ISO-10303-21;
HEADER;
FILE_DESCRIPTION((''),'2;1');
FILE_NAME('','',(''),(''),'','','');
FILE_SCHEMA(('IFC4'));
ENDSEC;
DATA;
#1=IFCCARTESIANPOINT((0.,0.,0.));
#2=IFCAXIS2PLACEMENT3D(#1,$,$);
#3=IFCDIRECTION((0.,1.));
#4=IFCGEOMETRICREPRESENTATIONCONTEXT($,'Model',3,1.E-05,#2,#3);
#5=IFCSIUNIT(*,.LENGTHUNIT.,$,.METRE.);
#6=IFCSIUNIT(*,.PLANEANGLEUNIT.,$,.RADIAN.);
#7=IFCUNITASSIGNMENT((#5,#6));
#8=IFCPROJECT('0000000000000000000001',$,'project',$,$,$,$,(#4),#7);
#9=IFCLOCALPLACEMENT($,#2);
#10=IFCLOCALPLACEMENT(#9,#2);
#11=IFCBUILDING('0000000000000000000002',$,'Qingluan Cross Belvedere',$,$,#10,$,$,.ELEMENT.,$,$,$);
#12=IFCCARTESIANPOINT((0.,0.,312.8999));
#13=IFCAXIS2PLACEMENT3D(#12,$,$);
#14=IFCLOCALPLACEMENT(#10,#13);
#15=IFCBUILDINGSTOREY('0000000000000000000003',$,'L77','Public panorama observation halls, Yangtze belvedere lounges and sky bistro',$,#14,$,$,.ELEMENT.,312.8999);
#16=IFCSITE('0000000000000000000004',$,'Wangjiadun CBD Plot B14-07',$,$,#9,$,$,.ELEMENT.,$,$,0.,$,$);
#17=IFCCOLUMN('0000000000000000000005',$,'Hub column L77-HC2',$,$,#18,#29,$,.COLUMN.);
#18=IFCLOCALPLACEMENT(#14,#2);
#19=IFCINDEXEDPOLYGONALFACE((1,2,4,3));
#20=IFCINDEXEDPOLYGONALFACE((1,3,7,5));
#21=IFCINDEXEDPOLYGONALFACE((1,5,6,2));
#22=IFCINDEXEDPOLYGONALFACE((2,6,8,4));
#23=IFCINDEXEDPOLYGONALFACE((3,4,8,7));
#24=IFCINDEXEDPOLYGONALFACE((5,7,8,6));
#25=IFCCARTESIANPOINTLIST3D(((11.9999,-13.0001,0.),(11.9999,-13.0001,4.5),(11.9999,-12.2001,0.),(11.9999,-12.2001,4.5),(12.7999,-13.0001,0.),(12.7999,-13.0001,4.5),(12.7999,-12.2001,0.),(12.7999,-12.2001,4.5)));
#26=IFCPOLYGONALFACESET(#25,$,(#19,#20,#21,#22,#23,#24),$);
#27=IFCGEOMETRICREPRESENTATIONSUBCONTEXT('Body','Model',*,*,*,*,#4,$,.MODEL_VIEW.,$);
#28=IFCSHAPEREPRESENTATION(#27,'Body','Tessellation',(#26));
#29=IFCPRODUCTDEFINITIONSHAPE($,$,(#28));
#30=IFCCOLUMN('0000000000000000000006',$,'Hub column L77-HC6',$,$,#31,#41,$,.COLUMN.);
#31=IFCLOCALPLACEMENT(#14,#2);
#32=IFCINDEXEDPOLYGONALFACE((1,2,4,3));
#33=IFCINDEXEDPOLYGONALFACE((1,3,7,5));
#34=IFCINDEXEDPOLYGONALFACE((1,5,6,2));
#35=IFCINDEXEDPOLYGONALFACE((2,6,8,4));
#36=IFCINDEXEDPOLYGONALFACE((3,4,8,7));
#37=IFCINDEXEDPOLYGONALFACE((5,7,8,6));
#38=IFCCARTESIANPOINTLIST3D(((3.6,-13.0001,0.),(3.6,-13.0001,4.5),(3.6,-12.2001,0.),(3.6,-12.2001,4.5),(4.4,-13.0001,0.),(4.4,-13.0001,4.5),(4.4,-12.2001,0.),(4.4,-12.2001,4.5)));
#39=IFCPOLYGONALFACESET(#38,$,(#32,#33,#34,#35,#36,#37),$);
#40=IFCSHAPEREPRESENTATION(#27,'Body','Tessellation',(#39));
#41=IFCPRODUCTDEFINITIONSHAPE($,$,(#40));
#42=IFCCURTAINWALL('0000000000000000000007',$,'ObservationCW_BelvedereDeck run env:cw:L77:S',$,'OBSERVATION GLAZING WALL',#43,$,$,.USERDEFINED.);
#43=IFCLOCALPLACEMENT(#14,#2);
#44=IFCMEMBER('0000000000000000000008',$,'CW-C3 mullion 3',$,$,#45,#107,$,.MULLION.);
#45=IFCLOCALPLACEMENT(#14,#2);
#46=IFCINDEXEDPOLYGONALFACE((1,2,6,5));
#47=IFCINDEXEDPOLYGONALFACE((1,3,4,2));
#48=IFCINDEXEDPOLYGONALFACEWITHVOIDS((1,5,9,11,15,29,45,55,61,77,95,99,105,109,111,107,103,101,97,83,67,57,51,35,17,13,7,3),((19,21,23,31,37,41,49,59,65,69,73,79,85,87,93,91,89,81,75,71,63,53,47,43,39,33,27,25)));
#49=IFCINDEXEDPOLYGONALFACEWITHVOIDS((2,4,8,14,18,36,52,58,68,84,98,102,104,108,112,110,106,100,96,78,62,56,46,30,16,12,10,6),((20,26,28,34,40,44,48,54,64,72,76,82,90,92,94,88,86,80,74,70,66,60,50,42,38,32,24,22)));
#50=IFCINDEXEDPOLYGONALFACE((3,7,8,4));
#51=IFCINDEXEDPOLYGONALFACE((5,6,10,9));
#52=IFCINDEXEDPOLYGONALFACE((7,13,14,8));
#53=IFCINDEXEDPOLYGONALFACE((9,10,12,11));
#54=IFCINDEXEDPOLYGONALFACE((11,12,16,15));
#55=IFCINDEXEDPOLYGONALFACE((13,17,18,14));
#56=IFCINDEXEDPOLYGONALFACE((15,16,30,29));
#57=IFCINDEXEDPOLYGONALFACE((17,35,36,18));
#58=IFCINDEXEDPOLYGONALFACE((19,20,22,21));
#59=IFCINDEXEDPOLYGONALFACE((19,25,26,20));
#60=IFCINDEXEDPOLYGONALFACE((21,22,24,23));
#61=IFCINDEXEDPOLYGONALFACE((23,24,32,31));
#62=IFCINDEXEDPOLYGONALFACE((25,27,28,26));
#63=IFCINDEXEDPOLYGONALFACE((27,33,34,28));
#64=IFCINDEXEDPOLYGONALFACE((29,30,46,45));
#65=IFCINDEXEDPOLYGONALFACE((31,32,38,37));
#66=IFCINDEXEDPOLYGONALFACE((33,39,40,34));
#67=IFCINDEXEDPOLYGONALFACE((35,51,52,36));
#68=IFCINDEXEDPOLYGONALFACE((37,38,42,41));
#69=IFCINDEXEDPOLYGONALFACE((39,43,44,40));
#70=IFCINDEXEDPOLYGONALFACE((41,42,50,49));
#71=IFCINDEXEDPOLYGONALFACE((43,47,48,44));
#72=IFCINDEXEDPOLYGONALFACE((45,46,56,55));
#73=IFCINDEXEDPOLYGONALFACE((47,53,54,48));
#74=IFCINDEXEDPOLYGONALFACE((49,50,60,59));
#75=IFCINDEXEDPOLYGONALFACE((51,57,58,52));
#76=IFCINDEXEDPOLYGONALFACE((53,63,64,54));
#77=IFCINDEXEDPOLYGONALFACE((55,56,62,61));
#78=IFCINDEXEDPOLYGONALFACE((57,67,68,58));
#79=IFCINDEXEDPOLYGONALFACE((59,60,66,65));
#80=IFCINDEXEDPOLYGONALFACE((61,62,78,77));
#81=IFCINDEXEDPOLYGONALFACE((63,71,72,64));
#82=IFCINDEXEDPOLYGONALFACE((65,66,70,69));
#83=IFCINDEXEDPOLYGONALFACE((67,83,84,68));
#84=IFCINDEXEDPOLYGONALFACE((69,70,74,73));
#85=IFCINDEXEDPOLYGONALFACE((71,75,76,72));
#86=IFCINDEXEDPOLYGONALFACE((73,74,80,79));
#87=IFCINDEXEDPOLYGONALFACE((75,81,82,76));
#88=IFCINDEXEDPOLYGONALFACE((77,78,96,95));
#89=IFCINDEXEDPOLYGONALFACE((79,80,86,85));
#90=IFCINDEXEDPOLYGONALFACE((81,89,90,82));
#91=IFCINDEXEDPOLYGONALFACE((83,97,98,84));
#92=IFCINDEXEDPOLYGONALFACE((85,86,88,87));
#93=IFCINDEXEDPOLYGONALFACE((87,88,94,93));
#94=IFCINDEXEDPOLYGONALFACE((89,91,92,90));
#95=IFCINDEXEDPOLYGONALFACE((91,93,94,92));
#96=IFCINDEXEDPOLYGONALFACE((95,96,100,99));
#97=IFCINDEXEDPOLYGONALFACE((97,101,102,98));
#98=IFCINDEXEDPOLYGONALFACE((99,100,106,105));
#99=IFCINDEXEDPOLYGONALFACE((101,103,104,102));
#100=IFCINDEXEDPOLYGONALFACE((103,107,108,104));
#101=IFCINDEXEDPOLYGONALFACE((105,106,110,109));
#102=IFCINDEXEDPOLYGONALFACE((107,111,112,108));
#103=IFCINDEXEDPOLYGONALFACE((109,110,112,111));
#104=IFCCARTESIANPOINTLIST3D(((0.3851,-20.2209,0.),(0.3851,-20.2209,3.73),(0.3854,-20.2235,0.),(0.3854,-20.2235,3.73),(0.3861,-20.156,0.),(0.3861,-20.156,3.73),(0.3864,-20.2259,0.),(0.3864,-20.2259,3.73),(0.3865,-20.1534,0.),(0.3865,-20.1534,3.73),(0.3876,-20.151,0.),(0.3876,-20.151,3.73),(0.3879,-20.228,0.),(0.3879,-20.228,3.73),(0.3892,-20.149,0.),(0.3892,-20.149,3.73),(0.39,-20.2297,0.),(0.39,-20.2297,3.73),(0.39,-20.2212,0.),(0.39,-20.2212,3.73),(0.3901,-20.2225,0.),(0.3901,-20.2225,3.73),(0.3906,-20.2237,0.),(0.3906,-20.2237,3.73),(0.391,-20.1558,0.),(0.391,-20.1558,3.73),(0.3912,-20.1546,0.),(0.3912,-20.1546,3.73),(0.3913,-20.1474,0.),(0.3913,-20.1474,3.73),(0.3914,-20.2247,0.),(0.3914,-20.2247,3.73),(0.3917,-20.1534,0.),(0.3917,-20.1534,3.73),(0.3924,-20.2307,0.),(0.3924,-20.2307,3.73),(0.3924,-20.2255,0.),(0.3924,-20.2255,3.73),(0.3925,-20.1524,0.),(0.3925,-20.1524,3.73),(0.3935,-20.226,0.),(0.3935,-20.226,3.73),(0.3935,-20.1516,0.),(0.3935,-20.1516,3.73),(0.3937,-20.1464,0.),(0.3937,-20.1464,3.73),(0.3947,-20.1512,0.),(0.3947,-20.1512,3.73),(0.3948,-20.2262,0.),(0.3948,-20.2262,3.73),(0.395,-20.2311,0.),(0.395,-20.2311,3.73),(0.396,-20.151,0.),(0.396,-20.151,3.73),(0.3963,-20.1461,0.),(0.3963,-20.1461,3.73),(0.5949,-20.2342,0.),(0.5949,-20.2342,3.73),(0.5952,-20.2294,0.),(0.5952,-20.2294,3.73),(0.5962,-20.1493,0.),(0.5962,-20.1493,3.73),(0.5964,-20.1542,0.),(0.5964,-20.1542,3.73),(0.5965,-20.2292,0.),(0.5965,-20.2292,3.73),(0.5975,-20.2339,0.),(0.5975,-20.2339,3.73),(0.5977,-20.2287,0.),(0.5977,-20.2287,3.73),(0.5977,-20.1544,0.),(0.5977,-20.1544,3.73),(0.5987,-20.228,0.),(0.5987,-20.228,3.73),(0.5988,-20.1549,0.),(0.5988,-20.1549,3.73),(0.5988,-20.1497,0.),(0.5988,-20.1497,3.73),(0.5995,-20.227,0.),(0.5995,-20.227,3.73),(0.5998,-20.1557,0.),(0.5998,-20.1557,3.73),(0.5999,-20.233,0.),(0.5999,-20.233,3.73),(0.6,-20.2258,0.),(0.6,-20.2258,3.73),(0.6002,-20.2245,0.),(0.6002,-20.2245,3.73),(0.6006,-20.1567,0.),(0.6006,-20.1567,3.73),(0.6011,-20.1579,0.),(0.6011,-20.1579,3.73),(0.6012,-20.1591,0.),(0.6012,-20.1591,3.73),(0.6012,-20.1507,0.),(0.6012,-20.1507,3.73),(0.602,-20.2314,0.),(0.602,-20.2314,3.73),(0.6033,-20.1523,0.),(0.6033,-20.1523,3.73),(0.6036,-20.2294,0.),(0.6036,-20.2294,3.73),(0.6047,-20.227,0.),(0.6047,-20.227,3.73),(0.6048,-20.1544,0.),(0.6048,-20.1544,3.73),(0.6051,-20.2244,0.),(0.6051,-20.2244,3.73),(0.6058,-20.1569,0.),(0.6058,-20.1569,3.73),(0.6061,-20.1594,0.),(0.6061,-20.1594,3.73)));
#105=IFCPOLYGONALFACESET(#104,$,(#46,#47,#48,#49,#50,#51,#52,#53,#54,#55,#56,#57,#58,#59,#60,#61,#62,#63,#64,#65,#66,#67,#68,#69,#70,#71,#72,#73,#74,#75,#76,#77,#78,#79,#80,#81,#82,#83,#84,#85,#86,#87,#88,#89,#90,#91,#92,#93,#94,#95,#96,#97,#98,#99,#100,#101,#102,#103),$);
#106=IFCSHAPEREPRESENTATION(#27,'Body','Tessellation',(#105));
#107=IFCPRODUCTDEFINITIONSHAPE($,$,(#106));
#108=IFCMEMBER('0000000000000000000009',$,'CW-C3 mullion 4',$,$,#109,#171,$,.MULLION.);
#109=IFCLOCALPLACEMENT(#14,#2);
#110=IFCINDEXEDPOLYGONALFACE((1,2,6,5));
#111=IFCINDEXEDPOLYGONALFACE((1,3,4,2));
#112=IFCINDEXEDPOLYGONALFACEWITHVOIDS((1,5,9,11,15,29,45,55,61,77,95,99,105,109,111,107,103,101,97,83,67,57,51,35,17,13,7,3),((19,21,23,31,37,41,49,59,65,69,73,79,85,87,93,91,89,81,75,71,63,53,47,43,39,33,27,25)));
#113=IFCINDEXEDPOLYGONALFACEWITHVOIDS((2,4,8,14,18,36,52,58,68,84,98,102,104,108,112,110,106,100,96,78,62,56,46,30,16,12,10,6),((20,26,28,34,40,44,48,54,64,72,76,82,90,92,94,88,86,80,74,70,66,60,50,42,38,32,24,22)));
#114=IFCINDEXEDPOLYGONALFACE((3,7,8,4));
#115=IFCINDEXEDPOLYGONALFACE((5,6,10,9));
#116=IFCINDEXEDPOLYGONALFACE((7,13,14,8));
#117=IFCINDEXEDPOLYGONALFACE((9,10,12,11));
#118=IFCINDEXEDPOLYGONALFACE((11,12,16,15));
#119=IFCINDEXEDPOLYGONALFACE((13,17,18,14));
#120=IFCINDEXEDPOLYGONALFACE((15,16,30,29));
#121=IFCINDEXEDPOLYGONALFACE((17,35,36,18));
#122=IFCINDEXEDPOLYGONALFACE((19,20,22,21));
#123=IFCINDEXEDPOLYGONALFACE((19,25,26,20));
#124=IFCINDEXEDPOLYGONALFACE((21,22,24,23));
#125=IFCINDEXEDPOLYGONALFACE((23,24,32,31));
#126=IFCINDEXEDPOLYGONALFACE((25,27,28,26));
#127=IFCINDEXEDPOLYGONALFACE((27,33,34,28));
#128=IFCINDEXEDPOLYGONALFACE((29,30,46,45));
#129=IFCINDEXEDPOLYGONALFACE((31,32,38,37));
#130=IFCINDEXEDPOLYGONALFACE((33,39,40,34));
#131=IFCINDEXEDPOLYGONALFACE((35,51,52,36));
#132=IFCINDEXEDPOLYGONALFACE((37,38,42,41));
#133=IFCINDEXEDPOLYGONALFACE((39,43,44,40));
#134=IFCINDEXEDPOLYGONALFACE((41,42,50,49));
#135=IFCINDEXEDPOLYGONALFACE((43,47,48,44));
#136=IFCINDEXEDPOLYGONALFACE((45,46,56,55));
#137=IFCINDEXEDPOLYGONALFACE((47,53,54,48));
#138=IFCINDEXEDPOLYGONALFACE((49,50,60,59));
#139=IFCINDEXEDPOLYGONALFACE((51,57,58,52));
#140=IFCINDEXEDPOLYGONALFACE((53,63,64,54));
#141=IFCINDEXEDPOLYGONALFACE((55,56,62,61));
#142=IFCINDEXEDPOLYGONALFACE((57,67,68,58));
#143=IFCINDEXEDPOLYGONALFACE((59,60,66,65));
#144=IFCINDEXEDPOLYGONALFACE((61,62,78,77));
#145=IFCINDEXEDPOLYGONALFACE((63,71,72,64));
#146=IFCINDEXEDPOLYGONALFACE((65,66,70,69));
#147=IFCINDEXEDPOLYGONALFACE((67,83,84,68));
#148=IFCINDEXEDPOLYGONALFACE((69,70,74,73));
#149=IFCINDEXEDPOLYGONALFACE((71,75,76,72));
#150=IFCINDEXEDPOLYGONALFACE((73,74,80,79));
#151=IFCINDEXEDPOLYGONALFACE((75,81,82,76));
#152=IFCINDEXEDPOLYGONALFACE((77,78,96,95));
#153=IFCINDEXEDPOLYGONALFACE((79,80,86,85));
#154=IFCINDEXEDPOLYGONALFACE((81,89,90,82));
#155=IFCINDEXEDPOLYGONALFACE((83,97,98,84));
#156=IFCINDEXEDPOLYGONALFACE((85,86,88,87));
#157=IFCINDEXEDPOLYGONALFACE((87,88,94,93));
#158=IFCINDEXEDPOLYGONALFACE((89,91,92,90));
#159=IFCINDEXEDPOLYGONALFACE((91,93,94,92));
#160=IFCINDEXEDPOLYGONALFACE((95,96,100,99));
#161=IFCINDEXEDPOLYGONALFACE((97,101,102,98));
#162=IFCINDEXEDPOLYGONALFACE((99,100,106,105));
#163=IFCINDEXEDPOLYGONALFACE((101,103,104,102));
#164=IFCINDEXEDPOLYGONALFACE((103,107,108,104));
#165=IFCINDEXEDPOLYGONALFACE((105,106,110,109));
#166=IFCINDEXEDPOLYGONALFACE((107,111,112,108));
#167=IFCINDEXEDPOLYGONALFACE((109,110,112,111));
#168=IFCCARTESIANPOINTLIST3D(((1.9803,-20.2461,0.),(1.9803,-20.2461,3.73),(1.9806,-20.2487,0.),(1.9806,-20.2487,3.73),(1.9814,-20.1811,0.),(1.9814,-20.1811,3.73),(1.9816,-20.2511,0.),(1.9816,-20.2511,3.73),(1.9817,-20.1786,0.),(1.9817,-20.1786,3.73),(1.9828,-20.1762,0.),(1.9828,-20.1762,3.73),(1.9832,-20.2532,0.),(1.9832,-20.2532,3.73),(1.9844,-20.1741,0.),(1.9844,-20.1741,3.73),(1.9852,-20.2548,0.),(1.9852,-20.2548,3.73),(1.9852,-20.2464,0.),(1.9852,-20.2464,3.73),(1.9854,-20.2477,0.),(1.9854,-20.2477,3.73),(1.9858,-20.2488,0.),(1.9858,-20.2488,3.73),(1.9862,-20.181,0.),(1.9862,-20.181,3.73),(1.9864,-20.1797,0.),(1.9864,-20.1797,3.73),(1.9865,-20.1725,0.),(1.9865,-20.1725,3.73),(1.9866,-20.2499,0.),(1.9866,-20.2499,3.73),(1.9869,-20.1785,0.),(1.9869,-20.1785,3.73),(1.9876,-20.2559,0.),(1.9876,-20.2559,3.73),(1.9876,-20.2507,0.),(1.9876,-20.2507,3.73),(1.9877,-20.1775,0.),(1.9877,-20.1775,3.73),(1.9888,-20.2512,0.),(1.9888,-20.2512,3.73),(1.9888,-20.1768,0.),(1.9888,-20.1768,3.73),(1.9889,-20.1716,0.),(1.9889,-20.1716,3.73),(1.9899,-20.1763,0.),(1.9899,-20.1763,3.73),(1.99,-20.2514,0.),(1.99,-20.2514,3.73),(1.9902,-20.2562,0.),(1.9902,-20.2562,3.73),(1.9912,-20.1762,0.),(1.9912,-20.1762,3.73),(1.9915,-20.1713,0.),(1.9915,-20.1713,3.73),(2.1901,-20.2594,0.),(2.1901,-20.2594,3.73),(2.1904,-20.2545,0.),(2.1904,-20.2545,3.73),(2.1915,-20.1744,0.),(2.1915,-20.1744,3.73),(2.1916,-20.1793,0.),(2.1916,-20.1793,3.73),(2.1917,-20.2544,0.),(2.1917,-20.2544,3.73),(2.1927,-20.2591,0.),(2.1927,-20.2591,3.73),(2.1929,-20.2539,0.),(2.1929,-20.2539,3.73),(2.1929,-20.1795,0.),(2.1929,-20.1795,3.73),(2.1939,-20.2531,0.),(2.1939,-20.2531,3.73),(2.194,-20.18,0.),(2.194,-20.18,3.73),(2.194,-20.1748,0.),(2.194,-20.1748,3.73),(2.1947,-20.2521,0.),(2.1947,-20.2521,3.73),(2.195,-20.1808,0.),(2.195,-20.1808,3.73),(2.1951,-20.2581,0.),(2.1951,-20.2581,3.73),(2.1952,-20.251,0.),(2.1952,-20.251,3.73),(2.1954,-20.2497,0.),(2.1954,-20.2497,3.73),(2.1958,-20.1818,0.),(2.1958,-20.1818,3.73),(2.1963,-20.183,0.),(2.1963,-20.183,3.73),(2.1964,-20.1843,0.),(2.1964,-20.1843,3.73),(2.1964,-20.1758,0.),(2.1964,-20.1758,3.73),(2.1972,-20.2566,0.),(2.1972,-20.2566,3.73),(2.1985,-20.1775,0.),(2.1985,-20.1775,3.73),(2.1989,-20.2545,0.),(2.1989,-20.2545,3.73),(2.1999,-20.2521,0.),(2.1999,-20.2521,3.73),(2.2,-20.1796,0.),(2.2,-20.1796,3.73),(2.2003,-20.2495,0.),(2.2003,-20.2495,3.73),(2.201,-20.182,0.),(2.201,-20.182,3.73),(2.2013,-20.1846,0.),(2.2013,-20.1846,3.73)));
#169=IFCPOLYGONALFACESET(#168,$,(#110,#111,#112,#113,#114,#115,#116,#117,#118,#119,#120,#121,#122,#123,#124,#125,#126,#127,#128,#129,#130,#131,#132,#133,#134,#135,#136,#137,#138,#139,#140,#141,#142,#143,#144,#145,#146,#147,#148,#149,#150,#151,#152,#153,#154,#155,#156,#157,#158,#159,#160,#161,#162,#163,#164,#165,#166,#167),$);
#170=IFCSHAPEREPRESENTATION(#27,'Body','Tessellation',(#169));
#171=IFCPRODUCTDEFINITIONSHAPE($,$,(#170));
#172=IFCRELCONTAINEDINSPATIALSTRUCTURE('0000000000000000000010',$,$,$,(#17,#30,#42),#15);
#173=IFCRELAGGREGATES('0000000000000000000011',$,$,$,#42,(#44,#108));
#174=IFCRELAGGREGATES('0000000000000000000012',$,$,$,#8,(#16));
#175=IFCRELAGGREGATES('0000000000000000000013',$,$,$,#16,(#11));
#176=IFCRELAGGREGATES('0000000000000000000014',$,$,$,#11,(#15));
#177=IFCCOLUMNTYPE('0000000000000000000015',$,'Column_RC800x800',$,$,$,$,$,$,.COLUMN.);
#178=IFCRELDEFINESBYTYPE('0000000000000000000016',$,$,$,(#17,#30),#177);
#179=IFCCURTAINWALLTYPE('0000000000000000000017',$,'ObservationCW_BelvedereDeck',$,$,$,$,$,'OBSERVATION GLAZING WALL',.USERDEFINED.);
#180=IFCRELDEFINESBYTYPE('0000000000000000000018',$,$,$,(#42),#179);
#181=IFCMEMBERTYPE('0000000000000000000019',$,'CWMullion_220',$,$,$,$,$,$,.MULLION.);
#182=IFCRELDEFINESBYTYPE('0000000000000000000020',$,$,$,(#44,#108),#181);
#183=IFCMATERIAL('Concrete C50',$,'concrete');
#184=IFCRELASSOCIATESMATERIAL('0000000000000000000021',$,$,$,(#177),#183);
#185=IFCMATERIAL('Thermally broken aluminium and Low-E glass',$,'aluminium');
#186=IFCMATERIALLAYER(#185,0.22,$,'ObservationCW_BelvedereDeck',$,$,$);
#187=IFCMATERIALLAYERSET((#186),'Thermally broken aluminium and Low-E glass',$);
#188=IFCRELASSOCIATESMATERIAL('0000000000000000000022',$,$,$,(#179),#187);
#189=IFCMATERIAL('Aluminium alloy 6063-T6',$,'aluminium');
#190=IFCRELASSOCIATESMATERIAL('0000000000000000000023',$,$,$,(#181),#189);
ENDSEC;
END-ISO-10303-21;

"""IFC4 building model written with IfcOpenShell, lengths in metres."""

from ifc_helpers import new_model, si_unit, direction, frame, origin, origin_2d, place, context, subcontext, project, spatial, rectangle, hollow_rectangle, extrude, material, layer, layer_set, material_profile, profile_set, type_object, element, aggregate, save


model = new_model("IFC4")

# Units and contexts
model_context = context("Model", 3, precision=1e-05, world=origin(), true_north=direction((0.0, 1.0)))
body_context = subcontext(model_context, "Body", "Model", "MODEL_VIEW")
ifc_project = project(units=[si_unit("LENGTHUNIT", "METRE"), si_unit("PLANEANGLEUNIT", "RADIAN")], contexts=[model_context])

# Site, building, storey
site_placement = place(None, origin())
site = spatial("IfcSite", under=ifc_project, at=site_placement, Name="Wangjiadun CBD Plot B14-07", CompositionType="ELEMENT", RefElevation=0.0)
building_placement = place(site_placement, origin())
building = spatial("IfcBuilding", under=site, at=building_placement, Name="Qingluan Cross Belvedere", CompositionType="ELEMENT")
storey_placement = place(building_placement, frame((0.0, 0.0, 312.8999)))
storey = spatial("IfcBuildingStorey", under=building, at=storey_placement, Name="L77", Description="Public panorama observation halls, Yangtze belvedere lounges and sky bistro", CompositionType="ELEMENT", Elevation=312.8999)

# Columns
ifc_material_1 = material(Name="Concrete C50", Category="concrete")
ifc_material_profile_1 = material_profile(ifc_material_1, rectangle(XDim=0.8, YDim=0.8, at=origin_2d()), Name="RC800x800")
ifc_profile_set_1 = profile_set([ifc_material_profile_1], Name="Concrete C50")
column_type = type_object("IfcColumnType", Name="Column_RC800x800", PredefinedType="COLUMN", material=ifc_profile_set_1)
for number, where, z_axis, x_axis, name in (
    (1, (12.3999, -12.6001, 0.0), (0.0, 0.0, 1.0), (1.0, 0.0, 0.0), "Hub column L77-HC2"),
    (2, (4.0, -12.6001, 0.0), (0.0, 0.0, 1.0), (1.0, 0.0, 0.0), "Hub column L77-HC6"),
):
    element("IfcColumn", number, at=place(storey_placement, frame(where, z_axis=z_axis, x_axis=x_axis)), inside=storey, type_object=column_type, Name=name, PredefinedType="COLUMN", context=body_context, shape_type="SweptSolid", body=[
        extrude(rectangle(XDim=0.8, YDim=0.8, at=origin_2d()), origin(), (0.0, 0.0, 1.0), 4.5),
    ])

# Curtain wall, members
ifc_material_2 = material(Name="Thermally broken aluminium and Low-E glass", Category="aluminium")
ifc_layer_1 = layer(ifc_material_2, 0.22, Name="ObservationCW_BelvedereDeck")
ifc_layer_set_1 = layer_set([ifc_layer_1], Name="Thermally broken aluminium and Low-E glass")
curtain_wall_type = type_object("IfcCurtainWallType", Name="ObservationCW_BelvedereDeck", ElementType="OBSERVATION GLAZING WALL", PredefinedType="USERDEFINED", material=ifc_layer_set_1)
curtain_wall_placement = place(storey_placement, origin())
curtain_wall = element("IfcCurtainWall", 3, at=curtain_wall_placement, inside=storey, type_object=curtain_wall_type, Name="ObservationCW_BelvedereDeck run env:cw:L77:S", ObjectType="OBSERVATION GLAZING WALL", PredefinedType="USERDEFINED")
ifc_material_3 = material(Name="Aluminium alloy 6063-T6", Category="aluminium")
ifc_material_profile_2 = material_profile(ifc_material_3, hollow_rectangle(XDim=0.085, YDim=0.22, WallThickness=0.0049, InnerFilletRadius=0.0049, OuterFilletRadius=0.01, at=origin_2d()), Name="CWM220x85x5")
ifc_profile_set_2 = profile_set([ifc_material_profile_2], Name="Aluminium alloy 6063-T6")
member_type_1 = type_object("IfcMemberType", Name="CWMullion_220", PredefinedType="MULLION", material=ifc_profile_set_2)
member_1_placement = place(storey_placement, frame((0.4956, -20.1902, 0.0), z_axis=(0.0, 0.0, 1.0), x_axis=(0.01571, 0.999877, 0.0)))
member_1 = element("IfcMember", 4, at=member_1_placement, type_object=member_type_1, Name="CW-C3 mullion 3", PredefinedType="MULLION", context=body_context, shape_type="SweptSolid", body=[
    extrude(hollow_rectangle(XDim=0.085, YDim=0.22, WallThickness=0.0049, InnerFilletRadius=0.0049, OuterFilletRadius=0.01, at=origin_2d()), origin(), (0.0, 0.0, 1.0), 3.73),
])
member_2_placement = place(storey_placement, frame((2.0908, -20.2153, 0.0), z_axis=(0.0, 0.0, 1.0), x_axis=(0.01571, 0.999877, 0.0)))
member_2 = element("IfcMember", 5, at=member_2_placement, type_object=member_type_1, Name="CW-C3 mullion 4", PredefinedType="MULLION", context=body_context, shape_type="SweptSolid", body=[
    extrude(hollow_rectangle(XDim=0.085, YDim=0.22, WallThickness=0.0049, InnerFilletRadius=0.0049, OuterFilletRadius=0.01, at=origin_2d()), origin(), (0.0, 0.0, 1.0), 3.73),
])

aggregate(curtain_wall, [member_1, member_2])

save(model, "model.ifc")
